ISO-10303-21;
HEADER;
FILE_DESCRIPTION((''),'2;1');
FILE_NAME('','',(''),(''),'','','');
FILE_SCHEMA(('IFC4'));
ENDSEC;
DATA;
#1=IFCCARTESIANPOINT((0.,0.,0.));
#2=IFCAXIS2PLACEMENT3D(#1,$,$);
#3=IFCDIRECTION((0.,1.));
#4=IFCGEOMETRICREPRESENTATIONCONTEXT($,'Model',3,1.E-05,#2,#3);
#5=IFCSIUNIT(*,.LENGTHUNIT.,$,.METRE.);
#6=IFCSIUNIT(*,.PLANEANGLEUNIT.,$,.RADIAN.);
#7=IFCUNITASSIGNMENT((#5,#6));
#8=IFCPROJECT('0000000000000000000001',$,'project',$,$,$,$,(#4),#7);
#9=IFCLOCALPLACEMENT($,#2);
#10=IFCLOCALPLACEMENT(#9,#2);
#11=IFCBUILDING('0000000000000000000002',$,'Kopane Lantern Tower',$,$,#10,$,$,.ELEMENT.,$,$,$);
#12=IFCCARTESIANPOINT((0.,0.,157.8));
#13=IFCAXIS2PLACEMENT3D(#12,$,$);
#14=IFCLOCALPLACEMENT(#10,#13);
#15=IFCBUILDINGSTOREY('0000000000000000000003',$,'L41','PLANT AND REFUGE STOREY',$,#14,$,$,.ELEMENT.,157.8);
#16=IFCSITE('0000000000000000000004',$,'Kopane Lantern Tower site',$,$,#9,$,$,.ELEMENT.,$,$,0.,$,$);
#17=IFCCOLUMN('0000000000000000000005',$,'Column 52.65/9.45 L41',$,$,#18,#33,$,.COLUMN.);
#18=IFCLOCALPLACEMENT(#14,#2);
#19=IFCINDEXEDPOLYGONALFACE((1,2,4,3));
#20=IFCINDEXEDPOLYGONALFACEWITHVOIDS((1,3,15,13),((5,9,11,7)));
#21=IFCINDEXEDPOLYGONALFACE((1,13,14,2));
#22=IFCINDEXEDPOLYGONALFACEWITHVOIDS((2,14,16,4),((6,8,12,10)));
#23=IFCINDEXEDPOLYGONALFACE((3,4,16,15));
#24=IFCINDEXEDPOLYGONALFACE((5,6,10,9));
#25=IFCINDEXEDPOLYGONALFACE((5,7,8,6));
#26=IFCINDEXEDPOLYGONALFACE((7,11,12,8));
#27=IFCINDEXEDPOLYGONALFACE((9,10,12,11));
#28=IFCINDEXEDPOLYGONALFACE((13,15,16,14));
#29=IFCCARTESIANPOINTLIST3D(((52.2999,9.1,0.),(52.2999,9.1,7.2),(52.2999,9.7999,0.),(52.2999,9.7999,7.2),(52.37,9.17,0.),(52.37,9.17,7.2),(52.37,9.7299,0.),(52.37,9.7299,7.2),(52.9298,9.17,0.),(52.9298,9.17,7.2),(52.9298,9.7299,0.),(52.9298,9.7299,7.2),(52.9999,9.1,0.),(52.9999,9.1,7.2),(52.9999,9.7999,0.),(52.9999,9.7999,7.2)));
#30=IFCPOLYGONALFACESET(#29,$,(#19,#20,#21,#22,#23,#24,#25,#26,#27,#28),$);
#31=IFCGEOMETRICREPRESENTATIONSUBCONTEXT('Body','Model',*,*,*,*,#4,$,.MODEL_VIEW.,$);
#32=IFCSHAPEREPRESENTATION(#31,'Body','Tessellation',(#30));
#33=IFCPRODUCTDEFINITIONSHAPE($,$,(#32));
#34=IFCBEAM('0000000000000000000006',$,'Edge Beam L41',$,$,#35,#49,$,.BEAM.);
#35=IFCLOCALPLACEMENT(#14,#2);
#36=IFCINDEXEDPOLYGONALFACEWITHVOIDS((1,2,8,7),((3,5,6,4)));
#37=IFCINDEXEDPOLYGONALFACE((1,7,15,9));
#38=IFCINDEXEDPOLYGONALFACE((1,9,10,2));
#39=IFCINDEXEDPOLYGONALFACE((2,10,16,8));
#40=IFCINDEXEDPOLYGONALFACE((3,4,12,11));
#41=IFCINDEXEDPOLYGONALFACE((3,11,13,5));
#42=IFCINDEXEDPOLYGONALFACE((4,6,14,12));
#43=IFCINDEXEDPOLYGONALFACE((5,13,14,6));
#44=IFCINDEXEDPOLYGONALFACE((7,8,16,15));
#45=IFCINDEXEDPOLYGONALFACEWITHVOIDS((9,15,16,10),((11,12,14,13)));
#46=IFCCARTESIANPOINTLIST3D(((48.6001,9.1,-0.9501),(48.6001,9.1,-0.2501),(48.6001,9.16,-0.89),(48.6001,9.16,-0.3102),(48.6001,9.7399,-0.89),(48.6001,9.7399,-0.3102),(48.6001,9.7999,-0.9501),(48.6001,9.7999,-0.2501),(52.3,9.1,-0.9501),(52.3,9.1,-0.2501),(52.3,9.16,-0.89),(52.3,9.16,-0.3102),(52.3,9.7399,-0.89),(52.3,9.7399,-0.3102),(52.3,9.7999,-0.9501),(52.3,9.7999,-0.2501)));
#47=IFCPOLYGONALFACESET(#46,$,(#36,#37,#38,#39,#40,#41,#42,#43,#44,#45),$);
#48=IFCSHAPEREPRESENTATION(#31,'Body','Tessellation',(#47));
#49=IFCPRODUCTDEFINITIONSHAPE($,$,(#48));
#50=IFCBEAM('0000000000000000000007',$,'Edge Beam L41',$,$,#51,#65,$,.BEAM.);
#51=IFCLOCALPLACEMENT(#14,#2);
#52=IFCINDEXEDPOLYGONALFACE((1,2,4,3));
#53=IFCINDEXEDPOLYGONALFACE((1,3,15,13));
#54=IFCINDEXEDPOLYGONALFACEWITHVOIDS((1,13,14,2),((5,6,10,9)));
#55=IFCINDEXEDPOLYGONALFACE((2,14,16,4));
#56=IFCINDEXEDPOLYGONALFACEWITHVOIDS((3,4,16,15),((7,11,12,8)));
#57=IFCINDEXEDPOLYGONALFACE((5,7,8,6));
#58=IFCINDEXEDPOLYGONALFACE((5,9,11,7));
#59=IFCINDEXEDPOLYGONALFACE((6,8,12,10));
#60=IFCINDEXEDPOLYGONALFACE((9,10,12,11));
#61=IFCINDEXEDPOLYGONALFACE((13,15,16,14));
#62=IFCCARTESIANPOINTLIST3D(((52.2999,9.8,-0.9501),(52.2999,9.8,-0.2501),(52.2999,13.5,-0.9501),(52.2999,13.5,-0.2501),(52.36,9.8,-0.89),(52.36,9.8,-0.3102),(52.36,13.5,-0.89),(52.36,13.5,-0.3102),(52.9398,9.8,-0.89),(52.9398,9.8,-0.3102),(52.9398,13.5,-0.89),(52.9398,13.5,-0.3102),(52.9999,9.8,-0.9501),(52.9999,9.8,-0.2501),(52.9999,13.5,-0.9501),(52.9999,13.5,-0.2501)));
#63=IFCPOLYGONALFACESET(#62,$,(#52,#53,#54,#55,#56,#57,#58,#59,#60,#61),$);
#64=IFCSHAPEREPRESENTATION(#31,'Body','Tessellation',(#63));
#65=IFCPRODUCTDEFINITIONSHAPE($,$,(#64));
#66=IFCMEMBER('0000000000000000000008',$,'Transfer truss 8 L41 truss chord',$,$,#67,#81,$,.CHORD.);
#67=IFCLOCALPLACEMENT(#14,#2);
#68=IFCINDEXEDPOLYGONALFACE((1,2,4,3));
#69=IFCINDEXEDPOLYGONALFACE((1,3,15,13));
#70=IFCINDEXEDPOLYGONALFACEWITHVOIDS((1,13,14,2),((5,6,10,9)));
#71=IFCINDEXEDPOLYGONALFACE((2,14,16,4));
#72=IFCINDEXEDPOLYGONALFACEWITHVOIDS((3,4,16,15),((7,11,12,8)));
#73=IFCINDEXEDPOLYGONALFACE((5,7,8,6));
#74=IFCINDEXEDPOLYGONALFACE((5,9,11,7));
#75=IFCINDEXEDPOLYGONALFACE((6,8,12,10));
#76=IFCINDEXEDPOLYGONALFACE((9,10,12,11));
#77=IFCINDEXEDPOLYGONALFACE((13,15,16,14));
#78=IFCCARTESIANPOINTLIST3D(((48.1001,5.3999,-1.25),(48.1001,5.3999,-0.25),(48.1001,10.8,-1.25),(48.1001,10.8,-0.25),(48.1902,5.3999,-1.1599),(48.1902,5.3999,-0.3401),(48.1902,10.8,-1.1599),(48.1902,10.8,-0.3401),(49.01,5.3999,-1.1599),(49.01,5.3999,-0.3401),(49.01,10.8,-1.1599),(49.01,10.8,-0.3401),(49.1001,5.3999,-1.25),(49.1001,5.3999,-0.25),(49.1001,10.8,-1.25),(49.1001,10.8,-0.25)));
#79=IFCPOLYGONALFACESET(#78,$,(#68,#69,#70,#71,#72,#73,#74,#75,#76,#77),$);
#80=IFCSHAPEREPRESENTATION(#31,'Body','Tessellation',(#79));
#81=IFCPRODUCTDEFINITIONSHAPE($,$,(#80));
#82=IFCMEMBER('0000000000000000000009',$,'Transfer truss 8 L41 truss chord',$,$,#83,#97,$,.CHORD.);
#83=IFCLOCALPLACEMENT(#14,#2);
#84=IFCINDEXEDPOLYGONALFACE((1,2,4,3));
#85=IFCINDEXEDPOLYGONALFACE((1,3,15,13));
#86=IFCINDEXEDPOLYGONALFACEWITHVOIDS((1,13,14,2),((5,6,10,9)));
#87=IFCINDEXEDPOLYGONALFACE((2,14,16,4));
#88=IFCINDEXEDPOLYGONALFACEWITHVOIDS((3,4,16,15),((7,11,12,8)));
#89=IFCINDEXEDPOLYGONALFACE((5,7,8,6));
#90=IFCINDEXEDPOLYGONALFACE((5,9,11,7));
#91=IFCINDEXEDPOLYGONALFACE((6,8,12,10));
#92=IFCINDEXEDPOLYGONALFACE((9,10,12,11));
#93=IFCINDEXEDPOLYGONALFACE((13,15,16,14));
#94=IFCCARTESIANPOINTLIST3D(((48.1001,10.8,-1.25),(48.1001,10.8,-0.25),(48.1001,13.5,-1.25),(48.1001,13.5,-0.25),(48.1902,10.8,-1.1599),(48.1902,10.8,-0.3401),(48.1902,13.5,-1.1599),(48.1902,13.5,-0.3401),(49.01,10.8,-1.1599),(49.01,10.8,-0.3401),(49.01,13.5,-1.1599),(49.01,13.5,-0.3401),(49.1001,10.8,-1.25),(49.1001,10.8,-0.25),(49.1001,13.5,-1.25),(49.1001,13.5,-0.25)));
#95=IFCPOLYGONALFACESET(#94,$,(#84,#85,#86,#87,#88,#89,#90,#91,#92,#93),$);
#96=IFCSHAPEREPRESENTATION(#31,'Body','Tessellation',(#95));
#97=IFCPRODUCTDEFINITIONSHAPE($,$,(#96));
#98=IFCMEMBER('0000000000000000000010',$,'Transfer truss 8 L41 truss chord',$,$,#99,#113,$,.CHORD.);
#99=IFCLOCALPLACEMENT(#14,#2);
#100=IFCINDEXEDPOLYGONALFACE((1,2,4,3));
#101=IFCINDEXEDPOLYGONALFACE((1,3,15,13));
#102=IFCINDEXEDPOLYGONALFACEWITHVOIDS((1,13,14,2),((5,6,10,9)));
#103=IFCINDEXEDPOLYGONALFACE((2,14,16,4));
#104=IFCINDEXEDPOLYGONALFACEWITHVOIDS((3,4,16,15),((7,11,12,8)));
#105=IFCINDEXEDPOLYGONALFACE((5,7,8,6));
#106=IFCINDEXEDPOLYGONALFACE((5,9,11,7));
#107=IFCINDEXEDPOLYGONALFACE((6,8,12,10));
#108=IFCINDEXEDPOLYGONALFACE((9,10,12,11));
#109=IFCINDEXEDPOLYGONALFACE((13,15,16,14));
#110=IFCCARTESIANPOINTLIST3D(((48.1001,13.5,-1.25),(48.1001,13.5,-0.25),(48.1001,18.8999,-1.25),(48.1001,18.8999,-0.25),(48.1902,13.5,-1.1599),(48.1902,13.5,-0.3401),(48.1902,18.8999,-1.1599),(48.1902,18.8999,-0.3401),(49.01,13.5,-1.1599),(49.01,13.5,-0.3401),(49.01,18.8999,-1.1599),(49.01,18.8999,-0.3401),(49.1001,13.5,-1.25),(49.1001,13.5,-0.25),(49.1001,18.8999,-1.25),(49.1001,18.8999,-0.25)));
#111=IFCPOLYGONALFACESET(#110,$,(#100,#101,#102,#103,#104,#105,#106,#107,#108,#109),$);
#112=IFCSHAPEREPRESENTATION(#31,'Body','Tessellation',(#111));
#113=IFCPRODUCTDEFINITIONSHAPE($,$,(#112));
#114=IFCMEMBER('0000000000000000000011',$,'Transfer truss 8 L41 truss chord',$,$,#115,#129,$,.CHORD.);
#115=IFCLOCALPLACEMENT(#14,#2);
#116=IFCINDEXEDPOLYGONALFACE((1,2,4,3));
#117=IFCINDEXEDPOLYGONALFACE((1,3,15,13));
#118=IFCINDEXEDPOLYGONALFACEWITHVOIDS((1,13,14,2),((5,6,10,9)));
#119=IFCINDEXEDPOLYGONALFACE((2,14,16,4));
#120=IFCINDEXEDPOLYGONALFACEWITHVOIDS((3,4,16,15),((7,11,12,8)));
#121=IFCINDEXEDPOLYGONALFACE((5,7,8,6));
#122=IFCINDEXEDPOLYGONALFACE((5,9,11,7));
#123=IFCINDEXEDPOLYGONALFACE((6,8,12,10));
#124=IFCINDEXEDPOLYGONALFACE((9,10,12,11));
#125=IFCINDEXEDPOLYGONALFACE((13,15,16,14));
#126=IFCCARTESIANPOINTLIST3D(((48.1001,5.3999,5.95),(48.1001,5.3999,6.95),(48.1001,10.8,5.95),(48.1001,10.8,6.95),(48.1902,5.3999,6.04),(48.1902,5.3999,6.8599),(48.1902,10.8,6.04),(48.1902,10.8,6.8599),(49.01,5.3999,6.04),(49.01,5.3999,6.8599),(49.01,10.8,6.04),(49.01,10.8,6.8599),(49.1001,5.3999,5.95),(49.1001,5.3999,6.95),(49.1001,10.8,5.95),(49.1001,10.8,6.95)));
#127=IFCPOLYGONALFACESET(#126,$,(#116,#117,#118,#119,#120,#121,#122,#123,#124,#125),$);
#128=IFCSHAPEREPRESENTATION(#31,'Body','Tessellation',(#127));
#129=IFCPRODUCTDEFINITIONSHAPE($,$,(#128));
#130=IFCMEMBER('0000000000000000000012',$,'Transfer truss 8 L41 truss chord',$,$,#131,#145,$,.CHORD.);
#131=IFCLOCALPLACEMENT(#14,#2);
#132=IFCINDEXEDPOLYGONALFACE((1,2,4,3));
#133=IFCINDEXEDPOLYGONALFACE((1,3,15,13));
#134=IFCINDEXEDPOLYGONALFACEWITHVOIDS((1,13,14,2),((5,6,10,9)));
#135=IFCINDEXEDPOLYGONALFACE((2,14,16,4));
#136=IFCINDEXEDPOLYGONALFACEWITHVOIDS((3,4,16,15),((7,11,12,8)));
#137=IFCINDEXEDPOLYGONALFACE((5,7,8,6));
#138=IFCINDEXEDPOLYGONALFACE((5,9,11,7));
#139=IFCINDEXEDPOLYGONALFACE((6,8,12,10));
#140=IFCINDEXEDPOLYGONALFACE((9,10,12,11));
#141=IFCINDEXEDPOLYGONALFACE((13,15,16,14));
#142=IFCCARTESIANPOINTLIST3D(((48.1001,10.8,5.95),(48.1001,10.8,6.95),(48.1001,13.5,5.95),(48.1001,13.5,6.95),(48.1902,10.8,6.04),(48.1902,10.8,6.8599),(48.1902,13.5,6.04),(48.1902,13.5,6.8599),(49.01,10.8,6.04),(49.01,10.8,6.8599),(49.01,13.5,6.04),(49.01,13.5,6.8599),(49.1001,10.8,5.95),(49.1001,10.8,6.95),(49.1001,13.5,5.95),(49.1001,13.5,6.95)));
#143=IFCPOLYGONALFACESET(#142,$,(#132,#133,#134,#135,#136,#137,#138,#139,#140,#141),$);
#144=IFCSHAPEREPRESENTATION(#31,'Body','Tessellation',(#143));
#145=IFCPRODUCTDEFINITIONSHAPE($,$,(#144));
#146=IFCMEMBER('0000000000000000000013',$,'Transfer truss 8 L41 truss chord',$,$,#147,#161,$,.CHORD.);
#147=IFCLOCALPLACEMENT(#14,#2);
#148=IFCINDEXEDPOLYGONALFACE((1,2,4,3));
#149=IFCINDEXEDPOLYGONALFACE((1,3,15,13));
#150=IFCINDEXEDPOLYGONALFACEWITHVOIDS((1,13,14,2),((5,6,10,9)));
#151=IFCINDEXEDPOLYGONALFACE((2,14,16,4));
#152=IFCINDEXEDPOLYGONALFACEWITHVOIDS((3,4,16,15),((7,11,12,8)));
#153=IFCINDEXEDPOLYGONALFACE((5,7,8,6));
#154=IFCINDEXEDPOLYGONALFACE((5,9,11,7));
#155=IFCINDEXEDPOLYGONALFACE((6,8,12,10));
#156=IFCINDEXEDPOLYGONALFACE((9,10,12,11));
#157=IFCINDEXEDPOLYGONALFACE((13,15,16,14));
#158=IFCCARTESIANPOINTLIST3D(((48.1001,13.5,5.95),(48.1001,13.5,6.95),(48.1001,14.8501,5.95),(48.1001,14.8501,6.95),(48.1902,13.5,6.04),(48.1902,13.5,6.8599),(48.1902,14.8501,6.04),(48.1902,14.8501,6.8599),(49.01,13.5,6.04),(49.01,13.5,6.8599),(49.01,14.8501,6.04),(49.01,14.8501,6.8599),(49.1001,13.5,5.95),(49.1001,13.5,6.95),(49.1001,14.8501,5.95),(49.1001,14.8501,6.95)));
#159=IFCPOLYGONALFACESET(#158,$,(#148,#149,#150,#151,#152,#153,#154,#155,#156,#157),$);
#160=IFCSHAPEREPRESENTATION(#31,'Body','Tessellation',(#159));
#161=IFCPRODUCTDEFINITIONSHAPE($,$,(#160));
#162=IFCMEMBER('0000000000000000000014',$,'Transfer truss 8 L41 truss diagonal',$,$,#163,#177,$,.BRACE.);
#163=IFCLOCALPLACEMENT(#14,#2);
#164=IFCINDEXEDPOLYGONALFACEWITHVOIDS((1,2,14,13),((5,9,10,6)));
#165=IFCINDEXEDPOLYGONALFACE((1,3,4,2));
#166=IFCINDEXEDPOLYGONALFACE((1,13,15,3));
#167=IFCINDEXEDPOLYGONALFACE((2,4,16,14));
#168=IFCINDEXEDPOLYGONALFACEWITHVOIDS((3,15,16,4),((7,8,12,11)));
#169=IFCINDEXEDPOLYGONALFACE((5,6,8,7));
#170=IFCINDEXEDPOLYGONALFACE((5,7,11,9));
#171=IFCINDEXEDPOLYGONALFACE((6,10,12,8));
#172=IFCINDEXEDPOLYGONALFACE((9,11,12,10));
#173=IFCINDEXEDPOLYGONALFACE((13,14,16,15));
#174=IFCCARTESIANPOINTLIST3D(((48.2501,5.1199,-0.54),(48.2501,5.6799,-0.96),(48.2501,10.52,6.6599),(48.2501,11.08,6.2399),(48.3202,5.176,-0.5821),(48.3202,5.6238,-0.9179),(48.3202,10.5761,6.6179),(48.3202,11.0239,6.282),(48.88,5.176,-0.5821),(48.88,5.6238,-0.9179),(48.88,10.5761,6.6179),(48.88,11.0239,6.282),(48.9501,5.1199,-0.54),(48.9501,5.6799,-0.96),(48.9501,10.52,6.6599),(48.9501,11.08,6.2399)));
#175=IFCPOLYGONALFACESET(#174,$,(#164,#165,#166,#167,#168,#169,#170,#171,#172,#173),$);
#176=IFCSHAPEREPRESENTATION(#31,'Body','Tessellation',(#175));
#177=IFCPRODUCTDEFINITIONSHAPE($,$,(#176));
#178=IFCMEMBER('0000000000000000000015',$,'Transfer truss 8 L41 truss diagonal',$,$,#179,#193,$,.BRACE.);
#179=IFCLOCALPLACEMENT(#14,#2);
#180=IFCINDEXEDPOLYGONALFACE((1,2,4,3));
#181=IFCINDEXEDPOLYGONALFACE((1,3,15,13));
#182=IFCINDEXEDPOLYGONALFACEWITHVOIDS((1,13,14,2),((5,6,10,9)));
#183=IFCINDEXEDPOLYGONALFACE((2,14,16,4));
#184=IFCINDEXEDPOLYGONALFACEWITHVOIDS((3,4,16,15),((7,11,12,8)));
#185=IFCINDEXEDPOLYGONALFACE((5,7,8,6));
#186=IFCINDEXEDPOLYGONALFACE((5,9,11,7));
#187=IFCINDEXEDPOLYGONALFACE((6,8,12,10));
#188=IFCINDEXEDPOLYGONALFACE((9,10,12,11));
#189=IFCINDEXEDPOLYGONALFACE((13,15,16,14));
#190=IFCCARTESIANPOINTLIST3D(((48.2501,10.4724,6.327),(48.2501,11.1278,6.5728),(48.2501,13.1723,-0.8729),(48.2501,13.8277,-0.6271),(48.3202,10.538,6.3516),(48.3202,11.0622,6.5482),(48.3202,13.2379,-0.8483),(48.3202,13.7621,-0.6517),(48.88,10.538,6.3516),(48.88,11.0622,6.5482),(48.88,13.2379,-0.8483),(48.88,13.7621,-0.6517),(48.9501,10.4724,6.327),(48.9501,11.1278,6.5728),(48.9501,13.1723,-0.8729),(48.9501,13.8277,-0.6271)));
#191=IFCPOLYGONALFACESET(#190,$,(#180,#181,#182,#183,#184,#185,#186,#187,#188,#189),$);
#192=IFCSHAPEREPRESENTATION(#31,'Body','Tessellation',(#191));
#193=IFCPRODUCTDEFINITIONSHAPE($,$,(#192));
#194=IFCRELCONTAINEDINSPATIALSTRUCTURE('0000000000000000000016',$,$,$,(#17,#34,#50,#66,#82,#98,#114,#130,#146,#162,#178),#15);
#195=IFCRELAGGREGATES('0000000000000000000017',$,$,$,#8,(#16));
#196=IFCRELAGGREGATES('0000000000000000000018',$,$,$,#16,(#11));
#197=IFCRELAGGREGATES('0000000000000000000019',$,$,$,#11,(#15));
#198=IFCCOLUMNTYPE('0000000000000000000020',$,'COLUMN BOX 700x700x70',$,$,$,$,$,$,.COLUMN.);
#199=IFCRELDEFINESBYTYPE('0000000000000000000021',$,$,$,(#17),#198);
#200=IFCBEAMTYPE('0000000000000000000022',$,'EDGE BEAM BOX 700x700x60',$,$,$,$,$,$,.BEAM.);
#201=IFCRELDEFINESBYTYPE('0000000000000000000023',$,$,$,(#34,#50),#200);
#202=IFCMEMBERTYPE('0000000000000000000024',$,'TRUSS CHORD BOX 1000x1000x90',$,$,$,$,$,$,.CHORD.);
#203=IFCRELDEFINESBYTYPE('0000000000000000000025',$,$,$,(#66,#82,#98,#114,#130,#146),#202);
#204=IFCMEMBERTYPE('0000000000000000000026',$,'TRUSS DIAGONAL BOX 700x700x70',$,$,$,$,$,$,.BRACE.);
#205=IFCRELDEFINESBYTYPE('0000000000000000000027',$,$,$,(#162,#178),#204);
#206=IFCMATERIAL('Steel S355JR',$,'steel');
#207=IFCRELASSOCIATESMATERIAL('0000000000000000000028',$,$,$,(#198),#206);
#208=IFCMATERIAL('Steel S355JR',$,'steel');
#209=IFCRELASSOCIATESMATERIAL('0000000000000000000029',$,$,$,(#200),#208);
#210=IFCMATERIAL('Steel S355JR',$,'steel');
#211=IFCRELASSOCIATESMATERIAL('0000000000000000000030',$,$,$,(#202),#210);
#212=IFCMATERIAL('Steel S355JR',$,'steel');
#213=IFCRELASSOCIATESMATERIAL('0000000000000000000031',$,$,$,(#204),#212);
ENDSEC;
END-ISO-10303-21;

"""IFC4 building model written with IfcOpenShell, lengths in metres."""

from ifc_helpers import new_model, si_unit, direction, frame, origin, origin_2d, place, context, subcontext, project, spatial, hollow_rectangle, extrude, material, material_profile, profile_set, type_object, element, save


model = new_model("IFC4")

# Units and contexts
model_context = context("Model", 3, precision=1e-05, world=origin(), true_north=direction((0.0, 1.0)))
body_context = subcontext(model_context, "Body", "Model", "MODEL_VIEW")
ifc_project = project(units=[si_unit("LENGTHUNIT", "METRE"), si_unit("PLANEANGLEUNIT", "RADIAN")], contexts=[model_context])

# Site, building, storey
site_placement = place(None, origin())
site = spatial("IfcSite", under=ifc_project, at=site_placement, Name="Kopane Lantern Tower site", CompositionType="ELEMENT", RefElevation=0.0)
building_placement = place(site_placement, origin())
building = spatial("IfcBuilding", under=site, at=building_placement, Name="Kopane Lantern Tower", CompositionType="ELEMENT")
storey_placement = place(building_placement, frame((0.0, 0.0, 157.8)))
storey = spatial("IfcBuildingStorey", under=building, at=storey_placement, Name="L41", Description="PLANT AND REFUGE STOREY", CompositionType="ELEMENT", Elevation=157.8)

# Column
ifc_material_1 = material(Name="Steel S355JR", Category="steel")
ifc_material_profile_1 = material_profile(ifc_material_1, hollow_rectangle(XDim=0.7, YDim=0.7, WallThickness=0.0701, at=origin_2d()), Name="BOX 700x700x70")
ifc_profile_set_1 = profile_set([ifc_material_profile_1], Name="Steel S355JR")
column_type = type_object("IfcColumnType", Name="COLUMN BOX 700x700x70", PredefinedType="COLUMN", material=ifc_profile_set_1)
column_placement = place(storey_placement, frame((52.6499, 9.45, 0.0), z_axis=(0.0, 0.0, 1.0), x_axis=(1.0, 0.0, 0.0)))
element("IfcColumn", 1, at=column_placement, inside=storey, type_object=column_type, Name="Column 52.65/9.45 L41", PredefinedType="COLUMN", context=body_context, shape_type="SweptSolid", body=[
    extrude(hollow_rectangle(XDim=0.7, YDim=0.7, WallThickness=0.0701, at=origin_2d()), origin(), (0.0, 0.0, 1.0), 7.2),
])

# Beams
ifc_material_2 = material(Name="Steel S355JR", Category="steel")
ifc_material_profile_2 = material_profile(ifc_material_2, hollow_rectangle(XDim=0.7, YDim=0.7, WallThickness=0.0601, at=origin_2d()), Name="BOX 700x700x60")
ifc_profile_set_2 = profile_set([ifc_material_profile_2], Name="Steel S355JR")
beam_type = type_object("IfcBeamType", Name="EDGE BEAM BOX 700x700x60", PredefinedType="BEAM", material=ifc_profile_set_2)
for number, where, z_axis, x_axis, name in (
    (2, (52.3, 9.45, -0.6001), (-1.0, 0.0, 0.0), (0.0, -1.0, 0.0), "Edge Beam L41"),
    (3, (52.6499, 9.8, -0.6001), (0.0, 1.0, 0.0), (-1.0, 0.0, 0.0), "Edge Beam L41"),
):
    element("IfcBeam", number, at=place(storey_placement, frame(where, z_axis=z_axis, x_axis=x_axis)), inside=storey, type_object=beam_type, Name=name, PredefinedType="BEAM", context=body_context, shape_type="SweptSolid", body=[
        extrude(hollow_rectangle(XDim=0.7, YDim=0.7, WallThickness=0.0601, at=origin_2d()), origin(), (0.0, 0.0, 1.0), 3.7),
    ])

# Members
ifc_material_3 = material(Name="Steel S355JR", Category="steel")
ifc_material_profile_3 = material_profile(ifc_material_3, hollow_rectangle(XDim=1.0, YDim=1.0, WallThickness=0.0901, at=origin_2d()), Name="BOX 1000x1000x90")
ifc_profile_set_3 = profile_set([ifc_material_profile_3], Name="Steel S355JR")
member_type_1 = type_object("IfcMemberType", Name="TRUSS CHORD BOX 1000x1000x90", PredefinedType="CHORD", material=ifc_profile_set_3)
member_1_placement = place(storey_placement, frame((48.6001, 5.3999, -0.75), z_axis=(0.0, 1.0, 0.0), x_axis=(-1.0, 0.0, 0.0)))
element("IfcMember", 4, at=member_1_placement, inside=storey, type_object=member_type_1, Name="Transfer truss 8 L41 truss chord", PredefinedType="CHORD", context=body_context, shape_type="SweptSolid", body=[
    extrude(hollow_rectangle(XDim=1.0, YDim=1.0, WallThickness=0.0901, at=origin_2d()), origin(), (0.0, 0.0, 1.0), 5.4001),
])
member_2_placement = place(storey_placement, frame((48.6001, 10.8, -0.75), z_axis=(0.0, 1.0, 0.0), x_axis=(-1.0, 0.0, 0.0)))
element("IfcMember", 5, at=member_2_placement, inside=storey, type_object=member_type_1, Name="Transfer truss 8 L41 truss chord", PredefinedType="CHORD", context=body_context, shape_type="SweptSolid", body=[
    extrude(hollow_rectangle(XDim=1.0, YDim=1.0, WallThickness=0.0901, at=origin_2d()), origin(), (0.0, 0.0, 1.0), 2.7),
])
member_3_placement = place(storey_placement, frame((48.6001, 13.5, -0.75), z_axis=(0.0, 1.0, 0.0), x_axis=(-1.0, 0.0, 0.0)))
element("IfcMember", 6, at=member_3_placement, inside=storey, type_object=member_type_1, Name="Transfer truss 8 L41 truss chord", PredefinedType="CHORD", context=body_context, shape_type="SweptSolid", body=[
    extrude(hollow_rectangle(XDim=1.0, YDim=1.0, WallThickness=0.0901, at=origin_2d()), origin(), (0.0, 0.0, 1.0), 5.3999),
])
member_4_placement = place(storey_placement, frame((48.6001, 5.3999, 6.45), z_axis=(0.0, 1.0, 0.0), x_axis=(-1.0, 0.0, 0.0)))
element("IfcMember", 7, at=member_4_placement, inside=storey, type_object=member_type_1, Name="Transfer truss 8 L41 truss chord", PredefinedType="CHORD", context=body_context, shape_type="SweptSolid", body=[
    extrude(hollow_rectangle(XDim=1.0, YDim=1.0, WallThickness=0.0901, at=origin_2d()), origin(), (0.0, 0.0, 1.0), 5.4001),
])
member_5_placement = place(storey_placement, frame((48.6001, 10.8, 6.45), z_axis=(0.0, 1.0, 0.0), x_axis=(-1.0, 0.0, 0.0)))
element("IfcMember", 8, at=member_5_placement, inside=storey, type_object=member_type_1, Name="Transfer truss 8 L41 truss chord", PredefinedType="CHORD", context=body_context, shape_type="SweptSolid", body=[
    extrude(hollow_rectangle(XDim=1.0, YDim=1.0, WallThickness=0.0901, at=origin_2d()), origin(), (0.0, 0.0, 1.0), 2.7),
])
member_6_placement = place(storey_placement, frame((48.6001, 13.5, 6.45), z_axis=(0.0, 1.0, 0.0), x_axis=(-1.0, 0.0, 0.0)))
element("IfcMember", 9, at=member_6_placement, inside=storey, type_object=member_type_1, Name="Transfer truss 8 L41 truss chord", PredefinedType="CHORD", context=body_context, shape_type="SweptSolid", body=[
    extrude(hollow_rectangle(XDim=1.0, YDim=1.0, WallThickness=0.0901, at=origin_2d()), origin(), (0.0, 0.0, 1.0), 1.3501),
])
ifc_material_4 = material(Name="Steel S355JR", Category="steel")
ifc_material_profile_4 = material_profile(ifc_material_4, hollow_rectangle(XDim=0.7, YDim=0.7, WallThickness=0.0701, at=origin_2d()), Name="BOX 700x700x70")
ifc_profile_set_4 = profile_set([ifc_material_profile_4], Name="Steel S355JR")
member_type_2 = type_object("IfcMemberType", Name="TRUSS DIAGONAL BOX 700x700x70", PredefinedType="BRACE", material=ifc_profile_set_4)
member_7_placement = place(storey_placement, frame((48.6001, 5.3999, -0.75), z_axis=(0.0, 0.600013, 0.79999), x_axis=(-1.0, 0.0, 0.0)))
element("IfcMember", 10, at=member_7_placement, inside=storey, type_object=member_type_2, Name="Transfer truss 8 L41 truss diagonal", PredefinedType="BRACE", context=body_context, shape_type="SweptSolid", body=[
    extrude(hollow_rectangle(XDim=0.7, YDim=0.7, WallThickness=0.0701, at=origin_2d()), origin(), (0.0, 0.0, 1.0), 9.0),
])
member_8_placement = place(storey_placement, frame((48.6001, 13.5, -0.75), z_axis=(0.0, -0.35112, 0.93633), x_axis=(1.0, 0.0, 0.0)))
element("IfcMember", 11, at=member_8_placement, inside=storey, type_object=member_type_2, Name="Transfer truss 8 L41 truss diagonal", PredefinedType="BRACE", context=body_context, shape_type="SweptSolid", body=[
    extrude(hollow_rectangle(XDim=0.7, YDim=0.7, WallThickness=0.0701, at=origin_2d()), origin(), (0.0, 0.0, 1.0), 7.6895),
])

save(model, "model.ifc")
